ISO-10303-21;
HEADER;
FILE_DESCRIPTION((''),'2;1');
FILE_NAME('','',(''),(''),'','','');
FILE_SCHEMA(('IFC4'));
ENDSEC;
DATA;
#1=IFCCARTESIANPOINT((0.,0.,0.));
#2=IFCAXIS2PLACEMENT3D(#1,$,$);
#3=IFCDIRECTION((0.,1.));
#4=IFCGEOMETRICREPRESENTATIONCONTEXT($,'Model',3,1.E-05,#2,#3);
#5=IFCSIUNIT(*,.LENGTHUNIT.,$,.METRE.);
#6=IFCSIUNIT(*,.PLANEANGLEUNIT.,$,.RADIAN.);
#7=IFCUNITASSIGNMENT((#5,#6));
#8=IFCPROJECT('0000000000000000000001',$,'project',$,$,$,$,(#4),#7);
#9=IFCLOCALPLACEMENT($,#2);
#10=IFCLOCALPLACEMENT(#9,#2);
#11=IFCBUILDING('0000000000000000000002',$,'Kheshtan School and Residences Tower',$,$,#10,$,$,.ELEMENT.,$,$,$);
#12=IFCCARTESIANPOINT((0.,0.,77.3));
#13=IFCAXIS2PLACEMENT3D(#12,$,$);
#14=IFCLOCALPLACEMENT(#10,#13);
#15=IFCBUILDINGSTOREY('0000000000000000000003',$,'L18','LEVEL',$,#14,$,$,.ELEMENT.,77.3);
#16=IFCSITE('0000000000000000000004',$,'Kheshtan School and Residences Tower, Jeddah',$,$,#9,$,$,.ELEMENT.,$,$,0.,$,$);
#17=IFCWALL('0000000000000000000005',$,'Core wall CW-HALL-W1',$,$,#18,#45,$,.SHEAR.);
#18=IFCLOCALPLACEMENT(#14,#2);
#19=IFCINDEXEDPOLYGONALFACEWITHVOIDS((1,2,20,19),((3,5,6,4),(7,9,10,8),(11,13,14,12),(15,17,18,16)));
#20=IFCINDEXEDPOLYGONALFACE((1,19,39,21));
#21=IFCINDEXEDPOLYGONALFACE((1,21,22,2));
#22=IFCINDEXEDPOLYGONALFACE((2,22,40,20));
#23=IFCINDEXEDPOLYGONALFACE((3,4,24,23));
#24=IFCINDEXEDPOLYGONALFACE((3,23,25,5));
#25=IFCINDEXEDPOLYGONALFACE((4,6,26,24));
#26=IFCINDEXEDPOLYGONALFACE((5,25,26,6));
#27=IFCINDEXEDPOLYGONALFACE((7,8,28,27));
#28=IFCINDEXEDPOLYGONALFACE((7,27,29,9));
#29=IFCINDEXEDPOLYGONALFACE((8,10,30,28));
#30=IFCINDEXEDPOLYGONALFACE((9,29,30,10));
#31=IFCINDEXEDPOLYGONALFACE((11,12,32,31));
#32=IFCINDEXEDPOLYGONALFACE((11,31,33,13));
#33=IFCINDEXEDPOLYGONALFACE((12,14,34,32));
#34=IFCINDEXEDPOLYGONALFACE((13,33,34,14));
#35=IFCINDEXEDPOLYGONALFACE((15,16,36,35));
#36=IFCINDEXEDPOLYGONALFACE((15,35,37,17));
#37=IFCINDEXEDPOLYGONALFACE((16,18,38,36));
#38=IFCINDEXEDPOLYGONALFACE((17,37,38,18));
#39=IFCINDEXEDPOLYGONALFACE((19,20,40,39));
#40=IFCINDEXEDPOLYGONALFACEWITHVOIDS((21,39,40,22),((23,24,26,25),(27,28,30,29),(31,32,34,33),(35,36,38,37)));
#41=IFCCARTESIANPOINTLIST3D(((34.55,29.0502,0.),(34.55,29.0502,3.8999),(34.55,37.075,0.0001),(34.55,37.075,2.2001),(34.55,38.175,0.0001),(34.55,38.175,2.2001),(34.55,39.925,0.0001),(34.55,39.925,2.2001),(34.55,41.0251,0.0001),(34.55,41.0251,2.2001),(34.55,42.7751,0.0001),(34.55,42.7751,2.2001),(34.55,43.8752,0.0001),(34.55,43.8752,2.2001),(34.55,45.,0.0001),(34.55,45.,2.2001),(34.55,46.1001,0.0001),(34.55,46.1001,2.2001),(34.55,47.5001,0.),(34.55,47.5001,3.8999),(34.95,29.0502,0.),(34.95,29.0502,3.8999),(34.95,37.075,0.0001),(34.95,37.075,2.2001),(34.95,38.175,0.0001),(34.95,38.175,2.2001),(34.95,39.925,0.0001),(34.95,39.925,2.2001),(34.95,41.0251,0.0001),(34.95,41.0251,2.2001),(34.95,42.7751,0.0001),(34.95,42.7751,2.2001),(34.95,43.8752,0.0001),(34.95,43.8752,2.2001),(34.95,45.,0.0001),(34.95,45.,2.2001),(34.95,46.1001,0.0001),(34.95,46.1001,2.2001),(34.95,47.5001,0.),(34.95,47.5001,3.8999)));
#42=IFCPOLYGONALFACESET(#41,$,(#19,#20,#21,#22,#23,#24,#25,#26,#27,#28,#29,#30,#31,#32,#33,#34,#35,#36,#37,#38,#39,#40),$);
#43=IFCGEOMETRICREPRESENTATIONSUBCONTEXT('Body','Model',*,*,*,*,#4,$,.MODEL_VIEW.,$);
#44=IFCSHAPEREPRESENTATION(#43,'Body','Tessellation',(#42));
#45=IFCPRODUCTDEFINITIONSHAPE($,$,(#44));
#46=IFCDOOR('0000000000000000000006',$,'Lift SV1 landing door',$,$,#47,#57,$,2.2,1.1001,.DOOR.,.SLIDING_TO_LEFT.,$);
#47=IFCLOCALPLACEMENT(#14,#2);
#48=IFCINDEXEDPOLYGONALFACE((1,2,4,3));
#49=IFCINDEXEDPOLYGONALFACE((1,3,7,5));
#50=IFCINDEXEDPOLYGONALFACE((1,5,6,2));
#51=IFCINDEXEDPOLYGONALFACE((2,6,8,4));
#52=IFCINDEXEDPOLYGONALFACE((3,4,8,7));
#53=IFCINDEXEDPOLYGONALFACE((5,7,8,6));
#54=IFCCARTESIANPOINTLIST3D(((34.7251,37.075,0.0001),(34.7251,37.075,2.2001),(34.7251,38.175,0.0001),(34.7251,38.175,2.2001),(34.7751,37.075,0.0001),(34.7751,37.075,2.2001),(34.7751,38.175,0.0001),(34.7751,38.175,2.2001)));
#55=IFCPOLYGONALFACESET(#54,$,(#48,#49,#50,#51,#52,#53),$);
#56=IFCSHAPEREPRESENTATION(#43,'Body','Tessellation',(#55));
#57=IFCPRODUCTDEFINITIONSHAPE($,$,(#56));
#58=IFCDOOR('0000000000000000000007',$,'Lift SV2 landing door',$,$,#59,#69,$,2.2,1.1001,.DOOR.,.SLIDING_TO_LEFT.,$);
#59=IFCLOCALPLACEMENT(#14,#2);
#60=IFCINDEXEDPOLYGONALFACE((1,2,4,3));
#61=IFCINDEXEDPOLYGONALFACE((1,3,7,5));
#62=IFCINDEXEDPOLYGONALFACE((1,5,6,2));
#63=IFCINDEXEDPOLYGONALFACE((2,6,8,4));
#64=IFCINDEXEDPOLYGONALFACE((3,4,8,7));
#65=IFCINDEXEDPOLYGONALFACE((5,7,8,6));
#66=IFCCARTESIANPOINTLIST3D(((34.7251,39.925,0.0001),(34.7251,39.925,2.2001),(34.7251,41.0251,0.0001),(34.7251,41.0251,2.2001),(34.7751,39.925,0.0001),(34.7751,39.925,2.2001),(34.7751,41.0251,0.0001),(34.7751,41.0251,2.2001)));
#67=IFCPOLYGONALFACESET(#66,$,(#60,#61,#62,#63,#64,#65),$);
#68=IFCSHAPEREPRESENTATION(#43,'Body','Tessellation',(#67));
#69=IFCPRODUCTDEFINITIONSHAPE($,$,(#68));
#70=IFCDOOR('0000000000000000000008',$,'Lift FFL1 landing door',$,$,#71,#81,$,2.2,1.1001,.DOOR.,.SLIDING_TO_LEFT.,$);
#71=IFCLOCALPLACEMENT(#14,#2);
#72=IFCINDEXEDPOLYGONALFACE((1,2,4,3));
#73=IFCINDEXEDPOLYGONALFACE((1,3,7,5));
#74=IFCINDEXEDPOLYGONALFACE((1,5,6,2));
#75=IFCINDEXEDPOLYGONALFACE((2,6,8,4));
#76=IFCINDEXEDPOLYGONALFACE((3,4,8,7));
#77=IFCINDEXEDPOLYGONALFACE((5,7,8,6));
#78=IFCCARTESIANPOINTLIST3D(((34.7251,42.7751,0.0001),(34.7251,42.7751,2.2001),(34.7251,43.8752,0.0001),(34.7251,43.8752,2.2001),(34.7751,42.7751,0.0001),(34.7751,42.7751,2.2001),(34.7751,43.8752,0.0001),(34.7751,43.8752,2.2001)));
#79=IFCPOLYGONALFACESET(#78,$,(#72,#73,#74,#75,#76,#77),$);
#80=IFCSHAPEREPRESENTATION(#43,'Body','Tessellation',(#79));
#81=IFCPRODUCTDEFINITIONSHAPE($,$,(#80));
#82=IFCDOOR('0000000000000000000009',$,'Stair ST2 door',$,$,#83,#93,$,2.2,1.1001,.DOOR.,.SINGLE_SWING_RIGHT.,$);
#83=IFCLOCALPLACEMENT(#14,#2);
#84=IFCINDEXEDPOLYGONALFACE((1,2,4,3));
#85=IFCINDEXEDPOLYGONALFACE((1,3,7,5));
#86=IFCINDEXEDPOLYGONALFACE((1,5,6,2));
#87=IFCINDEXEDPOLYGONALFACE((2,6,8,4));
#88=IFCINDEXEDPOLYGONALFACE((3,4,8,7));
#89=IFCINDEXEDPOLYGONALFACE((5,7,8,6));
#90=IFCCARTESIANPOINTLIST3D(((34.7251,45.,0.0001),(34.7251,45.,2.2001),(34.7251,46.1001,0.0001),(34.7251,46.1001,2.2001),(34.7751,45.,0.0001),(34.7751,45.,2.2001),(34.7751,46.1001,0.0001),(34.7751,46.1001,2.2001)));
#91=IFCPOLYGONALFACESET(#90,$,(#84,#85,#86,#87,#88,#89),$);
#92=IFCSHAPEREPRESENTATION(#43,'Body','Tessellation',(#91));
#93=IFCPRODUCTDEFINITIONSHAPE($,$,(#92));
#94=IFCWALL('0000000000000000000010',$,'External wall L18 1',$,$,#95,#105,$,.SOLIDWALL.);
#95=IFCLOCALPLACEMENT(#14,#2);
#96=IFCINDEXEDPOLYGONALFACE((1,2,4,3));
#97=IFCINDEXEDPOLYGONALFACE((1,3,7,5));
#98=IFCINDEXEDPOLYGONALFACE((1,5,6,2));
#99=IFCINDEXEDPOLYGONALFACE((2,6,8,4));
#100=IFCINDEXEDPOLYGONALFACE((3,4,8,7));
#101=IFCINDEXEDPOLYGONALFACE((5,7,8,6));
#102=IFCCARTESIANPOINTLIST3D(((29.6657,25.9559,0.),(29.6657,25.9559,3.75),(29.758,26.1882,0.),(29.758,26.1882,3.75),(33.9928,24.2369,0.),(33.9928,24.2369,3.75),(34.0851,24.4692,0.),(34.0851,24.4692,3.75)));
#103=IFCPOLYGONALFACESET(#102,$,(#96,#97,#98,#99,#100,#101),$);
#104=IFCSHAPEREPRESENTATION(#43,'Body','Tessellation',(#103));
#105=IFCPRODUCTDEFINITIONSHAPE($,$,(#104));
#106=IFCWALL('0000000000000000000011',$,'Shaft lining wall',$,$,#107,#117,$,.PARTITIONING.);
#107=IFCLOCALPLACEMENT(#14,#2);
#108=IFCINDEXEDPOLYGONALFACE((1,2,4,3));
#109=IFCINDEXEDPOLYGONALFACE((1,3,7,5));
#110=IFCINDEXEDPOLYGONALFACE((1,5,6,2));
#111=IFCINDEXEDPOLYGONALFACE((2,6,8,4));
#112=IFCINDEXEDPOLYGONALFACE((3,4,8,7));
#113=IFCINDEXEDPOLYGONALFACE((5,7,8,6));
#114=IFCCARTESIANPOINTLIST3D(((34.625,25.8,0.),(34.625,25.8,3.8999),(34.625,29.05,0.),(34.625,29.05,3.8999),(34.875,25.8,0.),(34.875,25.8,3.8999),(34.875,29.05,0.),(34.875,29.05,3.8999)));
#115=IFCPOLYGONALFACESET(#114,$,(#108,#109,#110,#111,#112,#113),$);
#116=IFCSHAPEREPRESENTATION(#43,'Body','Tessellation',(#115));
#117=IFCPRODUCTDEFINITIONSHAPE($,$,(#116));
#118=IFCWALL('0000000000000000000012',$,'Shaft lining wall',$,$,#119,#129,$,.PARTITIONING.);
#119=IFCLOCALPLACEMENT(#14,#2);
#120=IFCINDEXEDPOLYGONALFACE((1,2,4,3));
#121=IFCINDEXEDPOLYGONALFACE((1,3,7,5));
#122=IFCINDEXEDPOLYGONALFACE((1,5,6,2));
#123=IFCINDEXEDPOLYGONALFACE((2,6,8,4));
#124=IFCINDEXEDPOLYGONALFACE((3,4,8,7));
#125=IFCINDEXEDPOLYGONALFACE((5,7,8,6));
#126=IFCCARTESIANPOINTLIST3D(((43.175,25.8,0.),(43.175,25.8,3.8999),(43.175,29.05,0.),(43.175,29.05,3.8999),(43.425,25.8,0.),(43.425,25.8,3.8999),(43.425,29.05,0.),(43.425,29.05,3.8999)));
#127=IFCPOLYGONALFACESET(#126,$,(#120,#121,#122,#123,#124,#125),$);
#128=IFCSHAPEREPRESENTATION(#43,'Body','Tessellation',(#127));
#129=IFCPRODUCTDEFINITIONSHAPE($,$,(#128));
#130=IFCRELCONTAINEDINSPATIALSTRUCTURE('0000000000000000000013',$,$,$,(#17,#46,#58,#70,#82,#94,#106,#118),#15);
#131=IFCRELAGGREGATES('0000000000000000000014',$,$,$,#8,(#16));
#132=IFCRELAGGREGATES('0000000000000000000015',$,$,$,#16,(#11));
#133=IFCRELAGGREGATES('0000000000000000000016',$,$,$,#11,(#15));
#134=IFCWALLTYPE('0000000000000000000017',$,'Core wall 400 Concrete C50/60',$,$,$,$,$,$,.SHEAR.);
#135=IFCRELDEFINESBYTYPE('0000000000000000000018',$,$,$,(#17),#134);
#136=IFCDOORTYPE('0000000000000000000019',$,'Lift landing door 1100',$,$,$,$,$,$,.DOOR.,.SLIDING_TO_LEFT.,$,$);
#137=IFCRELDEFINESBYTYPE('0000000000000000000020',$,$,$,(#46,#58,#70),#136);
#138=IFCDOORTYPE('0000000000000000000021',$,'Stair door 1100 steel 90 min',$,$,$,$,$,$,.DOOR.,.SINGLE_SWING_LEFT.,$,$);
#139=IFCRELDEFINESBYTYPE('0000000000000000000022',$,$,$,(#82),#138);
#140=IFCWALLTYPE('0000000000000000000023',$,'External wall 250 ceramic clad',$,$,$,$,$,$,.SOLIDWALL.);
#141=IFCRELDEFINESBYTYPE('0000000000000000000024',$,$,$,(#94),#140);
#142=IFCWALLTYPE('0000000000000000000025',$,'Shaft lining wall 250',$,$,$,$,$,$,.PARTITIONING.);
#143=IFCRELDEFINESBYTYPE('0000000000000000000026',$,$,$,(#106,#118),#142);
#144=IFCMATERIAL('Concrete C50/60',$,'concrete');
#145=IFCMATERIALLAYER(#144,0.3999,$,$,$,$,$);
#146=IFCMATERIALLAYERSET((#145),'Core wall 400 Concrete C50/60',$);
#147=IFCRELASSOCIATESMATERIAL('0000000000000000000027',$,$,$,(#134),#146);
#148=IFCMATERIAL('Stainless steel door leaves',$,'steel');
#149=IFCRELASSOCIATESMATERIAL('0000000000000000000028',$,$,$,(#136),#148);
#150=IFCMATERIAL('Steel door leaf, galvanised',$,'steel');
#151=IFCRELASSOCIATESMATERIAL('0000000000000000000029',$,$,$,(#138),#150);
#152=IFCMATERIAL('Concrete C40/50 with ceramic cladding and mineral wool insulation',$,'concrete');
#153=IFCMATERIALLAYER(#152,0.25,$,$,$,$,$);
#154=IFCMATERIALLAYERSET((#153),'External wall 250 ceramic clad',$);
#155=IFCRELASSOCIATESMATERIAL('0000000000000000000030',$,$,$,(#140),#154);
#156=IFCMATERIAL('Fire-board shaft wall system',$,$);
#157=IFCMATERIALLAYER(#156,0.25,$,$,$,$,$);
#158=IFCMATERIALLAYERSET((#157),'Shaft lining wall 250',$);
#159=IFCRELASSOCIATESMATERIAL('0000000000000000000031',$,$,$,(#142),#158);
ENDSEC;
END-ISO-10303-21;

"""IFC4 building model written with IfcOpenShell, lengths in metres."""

from ifc_helpers import new_model, si_unit, direction, frame, frame_2d, origin, place, context, subcontext, project, spatial, rectangle, extrude, source, transform, mapped, material, layer, layer_set, type_object, element, fill, save


model = new_model("IFC4")

# Units and contexts
model_context = context("Model", 3, precision=1e-05, world=origin(), true_north=direction((0.0, 1.0)))
body_context = subcontext(model_context, "Body", "Model", "MODEL_VIEW")
ifc_project = project(units=[si_unit("LENGTHUNIT", "METRE"), si_unit("PLANEANGLEUNIT", "RADIAN")], contexts=[model_context])

# Site, building, storey
site_placement = place(None, origin())
site = spatial("IfcSite", under=ifc_project, at=site_placement, Name="Kheshtan School and Residences Tower, Jeddah", CompositionType="ELEMENT", RefElevation=0.0)
building_placement = place(site_placement, origin())
building = spatial("IfcBuilding", under=site, at=building_placement, Name="Kheshtan School and Residences Tower", CompositionType="ELEMENT")
storey_placement = place(building_placement, frame((0.0, 0.0, 77.3)))
storey = spatial("IfcBuildingStorey", under=building, at=storey_placement, Name="L18", Description="LEVEL", CompositionType="ELEMENT", Elevation=77.3)

# Shared definitions
ifc_material_1 = material(Name="Concrete C50/60", Category="concrete")
ifc_layer_1 = layer(ifc_material_1, 0.3999)
ifc_layer_set_1 = layer_set([ifc_layer_1], Name="Core wall 400 Concrete C50/60")
wall_type_1 = type_object("IfcWallType", Name="Core wall 400 Concrete C50/60", PredefinedType="SHEAR", material=ifc_layer_set_1)
ifc_material_2 = material(Name="Stainless steel door leaves", Category="steel")
door_type_1 = type_object("IfcDoorType", Name="Lift landing door 1100", OperationType="SLIDING_TO_LEFT", PredefinedType="DOOR", material=ifc_material_2)
shared_shape_1 = source(origin(), body_context, "Body", "SweptSolid", [
    extrude(rectangle(XDim=1.1001, YDim=2.2, at=frame_2d((0.55, 1.1001))), frame((0.0, 0.0249, 0.0), z_axis=(0.0, -1.0, 0.0), x_axis=(1.0, 0.0, 0.0)), (0.0, 0.0, 1.0), 0.05),
])

# Wall, openings, doors
wall_1_placement = place(storey_placement, frame((34.75, 29.05, 0.0), z_axis=(0.0, 0.0, 1.0), x_axis=(0.0, 1.0, 0.0)))
wall_1 = element("IfcWall", 1, at=wall_1_placement, inside=storey, type_object=wall_type_1, Name="Core wall CW-HALL-W1", PredefinedType="SHEAR", context=body_context, shape_type="SweptSolid", body=[
    extrude(rectangle(XDim=18.45, YDim=0.3999, at=frame_2d((9.2251, 0.0))), origin(), (0.0, 0.0, 1.0), 3.8999),
])
opening_1_placement = place(wall_1_placement, frame((8.0249, 0.0, 0.0)))
opening_1 = element("IfcOpeningElement", 2, at=opening_1_placement, cuts=wall_1, PredefinedType="OPENING", context=body_context, shape_type="SweptSolid", body=[
    extrude(rectangle(XDim=1.1001, YDim=2.2, at=frame_2d((0.55, 1.1001))), frame((0.0, 0.21, 0.0), z_axis=(0.0, -1.0, 0.0), x_axis=(1.0, 0.0, 0.0)), (0.0, 0.0, 1.0), 0.4199),
])
opening_2_placement = place(wall_1_placement, frame((10.875, 0.0, 0.0)))
opening_2 = element("IfcOpeningElement", 3, at=opening_2_placement, cuts=wall_1, PredefinedType="OPENING", context=body_context, shape_type="SweptSolid", body=[
    extrude(rectangle(XDim=1.1001, YDim=2.2, at=frame_2d((0.55, 1.1001))), frame((0.0, 0.21, 0.0), z_axis=(0.0, -1.0, 0.0), x_axis=(1.0, 0.0, 0.0)), (0.0, 0.0, 1.0), 0.4199),
])
opening_3_placement = place(wall_1_placement, frame((13.7251, 0.0, 0.0)))
opening_3 = element("IfcOpeningElement", 4, at=opening_3_placement, cuts=wall_1, PredefinedType="OPENING", context=body_context, shape_type="SweptSolid", body=[
    extrude(rectangle(XDim=1.1001, YDim=2.2, at=frame_2d((0.55, 1.1001))), frame((0.0, 0.21, 0.0), z_axis=(0.0, -1.0, 0.0), x_axis=(1.0, 0.0, 0.0)), (0.0, 0.0, 1.0), 0.4199),
])
opening_4_placement = place(wall_1_placement, frame((15.95, 0.0, 0.0)))
opening_4 = element("IfcOpeningElement", 5, at=opening_4_placement, cuts=wall_1, PredefinedType="OPENING", context=body_context, shape_type="SweptSolid", body=[
    extrude(rectangle(XDim=1.1001, YDim=2.2, at=frame_2d((0.55, 1.1001))), frame((0.0, 0.21, 0.0), z_axis=(0.0, -1.0, 0.0), x_axis=(1.0, 0.0, 0.0)), (0.0, 0.0, 1.0), 0.4199),
])
door_1_placement = place(opening_1_placement, origin())
door_1 = element("IfcDoor", 6, at=door_1_placement, inside=storey, type_object=door_type_1, Name="Lift SV1 landing door", OperationType="SLIDING_TO_LEFT", OverallHeight=2.2, OverallWidth=1.1001, PredefinedType="DOOR", context=body_context, shape_type="MappedRepresentation", body=[
    mapped(shared_shape_1, transform((0.0, 0.0, 0.0), x_axis=(1.0, 0.0, 0.0), y_axis=(0.0, 1.0, 0.0), z_axis=(0.0, 0.0, 1.0), scale=1.0)),
])
fill(opening_1, door_1)
door_2_placement = place(opening_2_placement, origin())
door_2 = element("IfcDoor", 7, at=door_2_placement, inside=storey, type_object=door_type_1, Name="Lift SV2 landing door", OperationType="SLIDING_TO_LEFT", OverallHeight=2.2, OverallWidth=1.1001, PredefinedType="DOOR", context=body_context, shape_type="MappedRepresentation", body=[
    mapped(shared_shape_1, transform((0.0, 0.0, 0.0), x_axis=(1.0, 0.0, 0.0), y_axis=(0.0, 1.0, 0.0), z_axis=(0.0, 0.0, 1.0), scale=1.0)),
])
fill(opening_2, door_2)
door_3_placement = place(opening_3_placement, origin())
door_3 = element("IfcDoor", 8, at=door_3_placement, inside=storey, type_object=door_type_1, Name="Lift FFL1 landing door", OperationType="SLIDING_TO_LEFT", OverallHeight=2.2, OverallWidth=1.1001, PredefinedType="DOOR", context=body_context, shape_type="MappedRepresentation", body=[
    mapped(shared_shape_1, transform((0.0, 0.0, 0.0), x_axis=(1.0, 0.0, 0.0), y_axis=(0.0, 1.0, 0.0), z_axis=(0.0, 0.0, 1.0), scale=1.0)),
])
fill(opening_3, door_3)
ifc_material_3 = material(Name="Steel door leaf, galvanised", Category="steel")
door_type_2 = type_object("IfcDoorType", Name="Stair door 1100 steel 90 min", OperationType="SINGLE_SWING_LEFT", PredefinedType="DOOR", material=ifc_material_3)
shared_shape_2 = source(origin(), body_context, "Body", "SweptSolid", [
    extrude(rectangle(XDim=1.1001, YDim=2.2, at=frame_2d((0.55, 1.1001))), frame((0.0, 0.0249, 0.0), z_axis=(0.0, -1.0, 0.0), x_axis=(1.0, 0.0, 0.0)), (0.0, 0.0, 1.0), 0.05),
])
door_4_placement = place(opening_4_placement, origin())
door_4 = element("IfcDoor", 9, at=door_4_placement, inside=storey, type_object=door_type_2, Name="Stair ST2 door", OperationType="SINGLE_SWING_RIGHT", OverallHeight=2.2, OverallWidth=1.1001, PredefinedType="DOOR", context=body_context, shape_type="MappedRepresentation", body=[
    mapped(shared_shape_2, transform((0.0, 0.0, 0.0), x_axis=(1.0, 0.0, 0.0), y_axis=(0.0, 1.0, 0.0), z_axis=(0.0, 0.0, 1.0), scale=1.0)),
])
fill(opening_4, door_4)

# Walls
ifc_material_4 = material(Name="Concrete C40/50 with ceramic cladding and mineral wool insulation", Category="concrete")
ifc_layer_2 = layer(ifc_material_4, 0.25)
ifc_layer_set_2 = layer_set([ifc_layer_2], Name="External wall 250 ceramic clad")
wall_type_2 = type_object("IfcWallType", Name="External wall 250 ceramic clad", PredefinedType="SOLIDWALL", material=ifc_layer_set_2)
wall_2_placement = place(storey_placement, frame((34.0391, 24.353, 0.0), z_axis=(0.0, 0.0, 1.0), x_axis=(-0.929353, 0.369193, 0.0)))
element("IfcWall", 10, at=wall_2_placement, inside=storey, type_object=wall_type_2, Name="External wall L18 1", PredefinedType="SOLIDWALL", context=body_context, shape_type="SweptSolid", body=[
    extrude(rectangle(XDim=4.656, YDim=0.25, at=frame_2d((2.3281, 0.0))), origin(), (0.0, 0.0, 1.0), 3.75),
])
ifc_material_5 = material(Name="Fire-board shaft wall system")
ifc_layer_3 = layer(ifc_material_5, 0.25)
ifc_layer_set_3 = layer_set([ifc_layer_3], Name="Shaft lining wall 250")
wall_type_3 = type_object("IfcWallType", Name="Shaft lining wall 250", PredefinedType="PARTITIONING", material=ifc_layer_set_3)
for number, where, z_axis, x_axis, name in (
    (11, (34.75, 25.8, 0.0), (0.0, 0.0, 1.0), (0.0, 1.0, 0.0), "Shaft lining wall"),
    (12, (43.3, 25.8, 0.0), (0.0, 0.0, 1.0), (0.0, 1.0, 0.0), "Shaft lining wall"),
):
    element("IfcWall", number, at=place(storey_placement, frame(where, z_axis=z_axis, x_axis=x_axis)), inside=storey, type_object=wall_type_3, Name=name, PredefinedType="PARTITIONING", context=body_context, shape_type="SweptSolid", body=[
        extrude(rectangle(XDim=3.25, YDim=0.25, at=frame_2d((1.625, 0.0))), origin(), (0.0, 0.0, 1.0), 3.8999),
    ])

save(model, "model.ifc")
